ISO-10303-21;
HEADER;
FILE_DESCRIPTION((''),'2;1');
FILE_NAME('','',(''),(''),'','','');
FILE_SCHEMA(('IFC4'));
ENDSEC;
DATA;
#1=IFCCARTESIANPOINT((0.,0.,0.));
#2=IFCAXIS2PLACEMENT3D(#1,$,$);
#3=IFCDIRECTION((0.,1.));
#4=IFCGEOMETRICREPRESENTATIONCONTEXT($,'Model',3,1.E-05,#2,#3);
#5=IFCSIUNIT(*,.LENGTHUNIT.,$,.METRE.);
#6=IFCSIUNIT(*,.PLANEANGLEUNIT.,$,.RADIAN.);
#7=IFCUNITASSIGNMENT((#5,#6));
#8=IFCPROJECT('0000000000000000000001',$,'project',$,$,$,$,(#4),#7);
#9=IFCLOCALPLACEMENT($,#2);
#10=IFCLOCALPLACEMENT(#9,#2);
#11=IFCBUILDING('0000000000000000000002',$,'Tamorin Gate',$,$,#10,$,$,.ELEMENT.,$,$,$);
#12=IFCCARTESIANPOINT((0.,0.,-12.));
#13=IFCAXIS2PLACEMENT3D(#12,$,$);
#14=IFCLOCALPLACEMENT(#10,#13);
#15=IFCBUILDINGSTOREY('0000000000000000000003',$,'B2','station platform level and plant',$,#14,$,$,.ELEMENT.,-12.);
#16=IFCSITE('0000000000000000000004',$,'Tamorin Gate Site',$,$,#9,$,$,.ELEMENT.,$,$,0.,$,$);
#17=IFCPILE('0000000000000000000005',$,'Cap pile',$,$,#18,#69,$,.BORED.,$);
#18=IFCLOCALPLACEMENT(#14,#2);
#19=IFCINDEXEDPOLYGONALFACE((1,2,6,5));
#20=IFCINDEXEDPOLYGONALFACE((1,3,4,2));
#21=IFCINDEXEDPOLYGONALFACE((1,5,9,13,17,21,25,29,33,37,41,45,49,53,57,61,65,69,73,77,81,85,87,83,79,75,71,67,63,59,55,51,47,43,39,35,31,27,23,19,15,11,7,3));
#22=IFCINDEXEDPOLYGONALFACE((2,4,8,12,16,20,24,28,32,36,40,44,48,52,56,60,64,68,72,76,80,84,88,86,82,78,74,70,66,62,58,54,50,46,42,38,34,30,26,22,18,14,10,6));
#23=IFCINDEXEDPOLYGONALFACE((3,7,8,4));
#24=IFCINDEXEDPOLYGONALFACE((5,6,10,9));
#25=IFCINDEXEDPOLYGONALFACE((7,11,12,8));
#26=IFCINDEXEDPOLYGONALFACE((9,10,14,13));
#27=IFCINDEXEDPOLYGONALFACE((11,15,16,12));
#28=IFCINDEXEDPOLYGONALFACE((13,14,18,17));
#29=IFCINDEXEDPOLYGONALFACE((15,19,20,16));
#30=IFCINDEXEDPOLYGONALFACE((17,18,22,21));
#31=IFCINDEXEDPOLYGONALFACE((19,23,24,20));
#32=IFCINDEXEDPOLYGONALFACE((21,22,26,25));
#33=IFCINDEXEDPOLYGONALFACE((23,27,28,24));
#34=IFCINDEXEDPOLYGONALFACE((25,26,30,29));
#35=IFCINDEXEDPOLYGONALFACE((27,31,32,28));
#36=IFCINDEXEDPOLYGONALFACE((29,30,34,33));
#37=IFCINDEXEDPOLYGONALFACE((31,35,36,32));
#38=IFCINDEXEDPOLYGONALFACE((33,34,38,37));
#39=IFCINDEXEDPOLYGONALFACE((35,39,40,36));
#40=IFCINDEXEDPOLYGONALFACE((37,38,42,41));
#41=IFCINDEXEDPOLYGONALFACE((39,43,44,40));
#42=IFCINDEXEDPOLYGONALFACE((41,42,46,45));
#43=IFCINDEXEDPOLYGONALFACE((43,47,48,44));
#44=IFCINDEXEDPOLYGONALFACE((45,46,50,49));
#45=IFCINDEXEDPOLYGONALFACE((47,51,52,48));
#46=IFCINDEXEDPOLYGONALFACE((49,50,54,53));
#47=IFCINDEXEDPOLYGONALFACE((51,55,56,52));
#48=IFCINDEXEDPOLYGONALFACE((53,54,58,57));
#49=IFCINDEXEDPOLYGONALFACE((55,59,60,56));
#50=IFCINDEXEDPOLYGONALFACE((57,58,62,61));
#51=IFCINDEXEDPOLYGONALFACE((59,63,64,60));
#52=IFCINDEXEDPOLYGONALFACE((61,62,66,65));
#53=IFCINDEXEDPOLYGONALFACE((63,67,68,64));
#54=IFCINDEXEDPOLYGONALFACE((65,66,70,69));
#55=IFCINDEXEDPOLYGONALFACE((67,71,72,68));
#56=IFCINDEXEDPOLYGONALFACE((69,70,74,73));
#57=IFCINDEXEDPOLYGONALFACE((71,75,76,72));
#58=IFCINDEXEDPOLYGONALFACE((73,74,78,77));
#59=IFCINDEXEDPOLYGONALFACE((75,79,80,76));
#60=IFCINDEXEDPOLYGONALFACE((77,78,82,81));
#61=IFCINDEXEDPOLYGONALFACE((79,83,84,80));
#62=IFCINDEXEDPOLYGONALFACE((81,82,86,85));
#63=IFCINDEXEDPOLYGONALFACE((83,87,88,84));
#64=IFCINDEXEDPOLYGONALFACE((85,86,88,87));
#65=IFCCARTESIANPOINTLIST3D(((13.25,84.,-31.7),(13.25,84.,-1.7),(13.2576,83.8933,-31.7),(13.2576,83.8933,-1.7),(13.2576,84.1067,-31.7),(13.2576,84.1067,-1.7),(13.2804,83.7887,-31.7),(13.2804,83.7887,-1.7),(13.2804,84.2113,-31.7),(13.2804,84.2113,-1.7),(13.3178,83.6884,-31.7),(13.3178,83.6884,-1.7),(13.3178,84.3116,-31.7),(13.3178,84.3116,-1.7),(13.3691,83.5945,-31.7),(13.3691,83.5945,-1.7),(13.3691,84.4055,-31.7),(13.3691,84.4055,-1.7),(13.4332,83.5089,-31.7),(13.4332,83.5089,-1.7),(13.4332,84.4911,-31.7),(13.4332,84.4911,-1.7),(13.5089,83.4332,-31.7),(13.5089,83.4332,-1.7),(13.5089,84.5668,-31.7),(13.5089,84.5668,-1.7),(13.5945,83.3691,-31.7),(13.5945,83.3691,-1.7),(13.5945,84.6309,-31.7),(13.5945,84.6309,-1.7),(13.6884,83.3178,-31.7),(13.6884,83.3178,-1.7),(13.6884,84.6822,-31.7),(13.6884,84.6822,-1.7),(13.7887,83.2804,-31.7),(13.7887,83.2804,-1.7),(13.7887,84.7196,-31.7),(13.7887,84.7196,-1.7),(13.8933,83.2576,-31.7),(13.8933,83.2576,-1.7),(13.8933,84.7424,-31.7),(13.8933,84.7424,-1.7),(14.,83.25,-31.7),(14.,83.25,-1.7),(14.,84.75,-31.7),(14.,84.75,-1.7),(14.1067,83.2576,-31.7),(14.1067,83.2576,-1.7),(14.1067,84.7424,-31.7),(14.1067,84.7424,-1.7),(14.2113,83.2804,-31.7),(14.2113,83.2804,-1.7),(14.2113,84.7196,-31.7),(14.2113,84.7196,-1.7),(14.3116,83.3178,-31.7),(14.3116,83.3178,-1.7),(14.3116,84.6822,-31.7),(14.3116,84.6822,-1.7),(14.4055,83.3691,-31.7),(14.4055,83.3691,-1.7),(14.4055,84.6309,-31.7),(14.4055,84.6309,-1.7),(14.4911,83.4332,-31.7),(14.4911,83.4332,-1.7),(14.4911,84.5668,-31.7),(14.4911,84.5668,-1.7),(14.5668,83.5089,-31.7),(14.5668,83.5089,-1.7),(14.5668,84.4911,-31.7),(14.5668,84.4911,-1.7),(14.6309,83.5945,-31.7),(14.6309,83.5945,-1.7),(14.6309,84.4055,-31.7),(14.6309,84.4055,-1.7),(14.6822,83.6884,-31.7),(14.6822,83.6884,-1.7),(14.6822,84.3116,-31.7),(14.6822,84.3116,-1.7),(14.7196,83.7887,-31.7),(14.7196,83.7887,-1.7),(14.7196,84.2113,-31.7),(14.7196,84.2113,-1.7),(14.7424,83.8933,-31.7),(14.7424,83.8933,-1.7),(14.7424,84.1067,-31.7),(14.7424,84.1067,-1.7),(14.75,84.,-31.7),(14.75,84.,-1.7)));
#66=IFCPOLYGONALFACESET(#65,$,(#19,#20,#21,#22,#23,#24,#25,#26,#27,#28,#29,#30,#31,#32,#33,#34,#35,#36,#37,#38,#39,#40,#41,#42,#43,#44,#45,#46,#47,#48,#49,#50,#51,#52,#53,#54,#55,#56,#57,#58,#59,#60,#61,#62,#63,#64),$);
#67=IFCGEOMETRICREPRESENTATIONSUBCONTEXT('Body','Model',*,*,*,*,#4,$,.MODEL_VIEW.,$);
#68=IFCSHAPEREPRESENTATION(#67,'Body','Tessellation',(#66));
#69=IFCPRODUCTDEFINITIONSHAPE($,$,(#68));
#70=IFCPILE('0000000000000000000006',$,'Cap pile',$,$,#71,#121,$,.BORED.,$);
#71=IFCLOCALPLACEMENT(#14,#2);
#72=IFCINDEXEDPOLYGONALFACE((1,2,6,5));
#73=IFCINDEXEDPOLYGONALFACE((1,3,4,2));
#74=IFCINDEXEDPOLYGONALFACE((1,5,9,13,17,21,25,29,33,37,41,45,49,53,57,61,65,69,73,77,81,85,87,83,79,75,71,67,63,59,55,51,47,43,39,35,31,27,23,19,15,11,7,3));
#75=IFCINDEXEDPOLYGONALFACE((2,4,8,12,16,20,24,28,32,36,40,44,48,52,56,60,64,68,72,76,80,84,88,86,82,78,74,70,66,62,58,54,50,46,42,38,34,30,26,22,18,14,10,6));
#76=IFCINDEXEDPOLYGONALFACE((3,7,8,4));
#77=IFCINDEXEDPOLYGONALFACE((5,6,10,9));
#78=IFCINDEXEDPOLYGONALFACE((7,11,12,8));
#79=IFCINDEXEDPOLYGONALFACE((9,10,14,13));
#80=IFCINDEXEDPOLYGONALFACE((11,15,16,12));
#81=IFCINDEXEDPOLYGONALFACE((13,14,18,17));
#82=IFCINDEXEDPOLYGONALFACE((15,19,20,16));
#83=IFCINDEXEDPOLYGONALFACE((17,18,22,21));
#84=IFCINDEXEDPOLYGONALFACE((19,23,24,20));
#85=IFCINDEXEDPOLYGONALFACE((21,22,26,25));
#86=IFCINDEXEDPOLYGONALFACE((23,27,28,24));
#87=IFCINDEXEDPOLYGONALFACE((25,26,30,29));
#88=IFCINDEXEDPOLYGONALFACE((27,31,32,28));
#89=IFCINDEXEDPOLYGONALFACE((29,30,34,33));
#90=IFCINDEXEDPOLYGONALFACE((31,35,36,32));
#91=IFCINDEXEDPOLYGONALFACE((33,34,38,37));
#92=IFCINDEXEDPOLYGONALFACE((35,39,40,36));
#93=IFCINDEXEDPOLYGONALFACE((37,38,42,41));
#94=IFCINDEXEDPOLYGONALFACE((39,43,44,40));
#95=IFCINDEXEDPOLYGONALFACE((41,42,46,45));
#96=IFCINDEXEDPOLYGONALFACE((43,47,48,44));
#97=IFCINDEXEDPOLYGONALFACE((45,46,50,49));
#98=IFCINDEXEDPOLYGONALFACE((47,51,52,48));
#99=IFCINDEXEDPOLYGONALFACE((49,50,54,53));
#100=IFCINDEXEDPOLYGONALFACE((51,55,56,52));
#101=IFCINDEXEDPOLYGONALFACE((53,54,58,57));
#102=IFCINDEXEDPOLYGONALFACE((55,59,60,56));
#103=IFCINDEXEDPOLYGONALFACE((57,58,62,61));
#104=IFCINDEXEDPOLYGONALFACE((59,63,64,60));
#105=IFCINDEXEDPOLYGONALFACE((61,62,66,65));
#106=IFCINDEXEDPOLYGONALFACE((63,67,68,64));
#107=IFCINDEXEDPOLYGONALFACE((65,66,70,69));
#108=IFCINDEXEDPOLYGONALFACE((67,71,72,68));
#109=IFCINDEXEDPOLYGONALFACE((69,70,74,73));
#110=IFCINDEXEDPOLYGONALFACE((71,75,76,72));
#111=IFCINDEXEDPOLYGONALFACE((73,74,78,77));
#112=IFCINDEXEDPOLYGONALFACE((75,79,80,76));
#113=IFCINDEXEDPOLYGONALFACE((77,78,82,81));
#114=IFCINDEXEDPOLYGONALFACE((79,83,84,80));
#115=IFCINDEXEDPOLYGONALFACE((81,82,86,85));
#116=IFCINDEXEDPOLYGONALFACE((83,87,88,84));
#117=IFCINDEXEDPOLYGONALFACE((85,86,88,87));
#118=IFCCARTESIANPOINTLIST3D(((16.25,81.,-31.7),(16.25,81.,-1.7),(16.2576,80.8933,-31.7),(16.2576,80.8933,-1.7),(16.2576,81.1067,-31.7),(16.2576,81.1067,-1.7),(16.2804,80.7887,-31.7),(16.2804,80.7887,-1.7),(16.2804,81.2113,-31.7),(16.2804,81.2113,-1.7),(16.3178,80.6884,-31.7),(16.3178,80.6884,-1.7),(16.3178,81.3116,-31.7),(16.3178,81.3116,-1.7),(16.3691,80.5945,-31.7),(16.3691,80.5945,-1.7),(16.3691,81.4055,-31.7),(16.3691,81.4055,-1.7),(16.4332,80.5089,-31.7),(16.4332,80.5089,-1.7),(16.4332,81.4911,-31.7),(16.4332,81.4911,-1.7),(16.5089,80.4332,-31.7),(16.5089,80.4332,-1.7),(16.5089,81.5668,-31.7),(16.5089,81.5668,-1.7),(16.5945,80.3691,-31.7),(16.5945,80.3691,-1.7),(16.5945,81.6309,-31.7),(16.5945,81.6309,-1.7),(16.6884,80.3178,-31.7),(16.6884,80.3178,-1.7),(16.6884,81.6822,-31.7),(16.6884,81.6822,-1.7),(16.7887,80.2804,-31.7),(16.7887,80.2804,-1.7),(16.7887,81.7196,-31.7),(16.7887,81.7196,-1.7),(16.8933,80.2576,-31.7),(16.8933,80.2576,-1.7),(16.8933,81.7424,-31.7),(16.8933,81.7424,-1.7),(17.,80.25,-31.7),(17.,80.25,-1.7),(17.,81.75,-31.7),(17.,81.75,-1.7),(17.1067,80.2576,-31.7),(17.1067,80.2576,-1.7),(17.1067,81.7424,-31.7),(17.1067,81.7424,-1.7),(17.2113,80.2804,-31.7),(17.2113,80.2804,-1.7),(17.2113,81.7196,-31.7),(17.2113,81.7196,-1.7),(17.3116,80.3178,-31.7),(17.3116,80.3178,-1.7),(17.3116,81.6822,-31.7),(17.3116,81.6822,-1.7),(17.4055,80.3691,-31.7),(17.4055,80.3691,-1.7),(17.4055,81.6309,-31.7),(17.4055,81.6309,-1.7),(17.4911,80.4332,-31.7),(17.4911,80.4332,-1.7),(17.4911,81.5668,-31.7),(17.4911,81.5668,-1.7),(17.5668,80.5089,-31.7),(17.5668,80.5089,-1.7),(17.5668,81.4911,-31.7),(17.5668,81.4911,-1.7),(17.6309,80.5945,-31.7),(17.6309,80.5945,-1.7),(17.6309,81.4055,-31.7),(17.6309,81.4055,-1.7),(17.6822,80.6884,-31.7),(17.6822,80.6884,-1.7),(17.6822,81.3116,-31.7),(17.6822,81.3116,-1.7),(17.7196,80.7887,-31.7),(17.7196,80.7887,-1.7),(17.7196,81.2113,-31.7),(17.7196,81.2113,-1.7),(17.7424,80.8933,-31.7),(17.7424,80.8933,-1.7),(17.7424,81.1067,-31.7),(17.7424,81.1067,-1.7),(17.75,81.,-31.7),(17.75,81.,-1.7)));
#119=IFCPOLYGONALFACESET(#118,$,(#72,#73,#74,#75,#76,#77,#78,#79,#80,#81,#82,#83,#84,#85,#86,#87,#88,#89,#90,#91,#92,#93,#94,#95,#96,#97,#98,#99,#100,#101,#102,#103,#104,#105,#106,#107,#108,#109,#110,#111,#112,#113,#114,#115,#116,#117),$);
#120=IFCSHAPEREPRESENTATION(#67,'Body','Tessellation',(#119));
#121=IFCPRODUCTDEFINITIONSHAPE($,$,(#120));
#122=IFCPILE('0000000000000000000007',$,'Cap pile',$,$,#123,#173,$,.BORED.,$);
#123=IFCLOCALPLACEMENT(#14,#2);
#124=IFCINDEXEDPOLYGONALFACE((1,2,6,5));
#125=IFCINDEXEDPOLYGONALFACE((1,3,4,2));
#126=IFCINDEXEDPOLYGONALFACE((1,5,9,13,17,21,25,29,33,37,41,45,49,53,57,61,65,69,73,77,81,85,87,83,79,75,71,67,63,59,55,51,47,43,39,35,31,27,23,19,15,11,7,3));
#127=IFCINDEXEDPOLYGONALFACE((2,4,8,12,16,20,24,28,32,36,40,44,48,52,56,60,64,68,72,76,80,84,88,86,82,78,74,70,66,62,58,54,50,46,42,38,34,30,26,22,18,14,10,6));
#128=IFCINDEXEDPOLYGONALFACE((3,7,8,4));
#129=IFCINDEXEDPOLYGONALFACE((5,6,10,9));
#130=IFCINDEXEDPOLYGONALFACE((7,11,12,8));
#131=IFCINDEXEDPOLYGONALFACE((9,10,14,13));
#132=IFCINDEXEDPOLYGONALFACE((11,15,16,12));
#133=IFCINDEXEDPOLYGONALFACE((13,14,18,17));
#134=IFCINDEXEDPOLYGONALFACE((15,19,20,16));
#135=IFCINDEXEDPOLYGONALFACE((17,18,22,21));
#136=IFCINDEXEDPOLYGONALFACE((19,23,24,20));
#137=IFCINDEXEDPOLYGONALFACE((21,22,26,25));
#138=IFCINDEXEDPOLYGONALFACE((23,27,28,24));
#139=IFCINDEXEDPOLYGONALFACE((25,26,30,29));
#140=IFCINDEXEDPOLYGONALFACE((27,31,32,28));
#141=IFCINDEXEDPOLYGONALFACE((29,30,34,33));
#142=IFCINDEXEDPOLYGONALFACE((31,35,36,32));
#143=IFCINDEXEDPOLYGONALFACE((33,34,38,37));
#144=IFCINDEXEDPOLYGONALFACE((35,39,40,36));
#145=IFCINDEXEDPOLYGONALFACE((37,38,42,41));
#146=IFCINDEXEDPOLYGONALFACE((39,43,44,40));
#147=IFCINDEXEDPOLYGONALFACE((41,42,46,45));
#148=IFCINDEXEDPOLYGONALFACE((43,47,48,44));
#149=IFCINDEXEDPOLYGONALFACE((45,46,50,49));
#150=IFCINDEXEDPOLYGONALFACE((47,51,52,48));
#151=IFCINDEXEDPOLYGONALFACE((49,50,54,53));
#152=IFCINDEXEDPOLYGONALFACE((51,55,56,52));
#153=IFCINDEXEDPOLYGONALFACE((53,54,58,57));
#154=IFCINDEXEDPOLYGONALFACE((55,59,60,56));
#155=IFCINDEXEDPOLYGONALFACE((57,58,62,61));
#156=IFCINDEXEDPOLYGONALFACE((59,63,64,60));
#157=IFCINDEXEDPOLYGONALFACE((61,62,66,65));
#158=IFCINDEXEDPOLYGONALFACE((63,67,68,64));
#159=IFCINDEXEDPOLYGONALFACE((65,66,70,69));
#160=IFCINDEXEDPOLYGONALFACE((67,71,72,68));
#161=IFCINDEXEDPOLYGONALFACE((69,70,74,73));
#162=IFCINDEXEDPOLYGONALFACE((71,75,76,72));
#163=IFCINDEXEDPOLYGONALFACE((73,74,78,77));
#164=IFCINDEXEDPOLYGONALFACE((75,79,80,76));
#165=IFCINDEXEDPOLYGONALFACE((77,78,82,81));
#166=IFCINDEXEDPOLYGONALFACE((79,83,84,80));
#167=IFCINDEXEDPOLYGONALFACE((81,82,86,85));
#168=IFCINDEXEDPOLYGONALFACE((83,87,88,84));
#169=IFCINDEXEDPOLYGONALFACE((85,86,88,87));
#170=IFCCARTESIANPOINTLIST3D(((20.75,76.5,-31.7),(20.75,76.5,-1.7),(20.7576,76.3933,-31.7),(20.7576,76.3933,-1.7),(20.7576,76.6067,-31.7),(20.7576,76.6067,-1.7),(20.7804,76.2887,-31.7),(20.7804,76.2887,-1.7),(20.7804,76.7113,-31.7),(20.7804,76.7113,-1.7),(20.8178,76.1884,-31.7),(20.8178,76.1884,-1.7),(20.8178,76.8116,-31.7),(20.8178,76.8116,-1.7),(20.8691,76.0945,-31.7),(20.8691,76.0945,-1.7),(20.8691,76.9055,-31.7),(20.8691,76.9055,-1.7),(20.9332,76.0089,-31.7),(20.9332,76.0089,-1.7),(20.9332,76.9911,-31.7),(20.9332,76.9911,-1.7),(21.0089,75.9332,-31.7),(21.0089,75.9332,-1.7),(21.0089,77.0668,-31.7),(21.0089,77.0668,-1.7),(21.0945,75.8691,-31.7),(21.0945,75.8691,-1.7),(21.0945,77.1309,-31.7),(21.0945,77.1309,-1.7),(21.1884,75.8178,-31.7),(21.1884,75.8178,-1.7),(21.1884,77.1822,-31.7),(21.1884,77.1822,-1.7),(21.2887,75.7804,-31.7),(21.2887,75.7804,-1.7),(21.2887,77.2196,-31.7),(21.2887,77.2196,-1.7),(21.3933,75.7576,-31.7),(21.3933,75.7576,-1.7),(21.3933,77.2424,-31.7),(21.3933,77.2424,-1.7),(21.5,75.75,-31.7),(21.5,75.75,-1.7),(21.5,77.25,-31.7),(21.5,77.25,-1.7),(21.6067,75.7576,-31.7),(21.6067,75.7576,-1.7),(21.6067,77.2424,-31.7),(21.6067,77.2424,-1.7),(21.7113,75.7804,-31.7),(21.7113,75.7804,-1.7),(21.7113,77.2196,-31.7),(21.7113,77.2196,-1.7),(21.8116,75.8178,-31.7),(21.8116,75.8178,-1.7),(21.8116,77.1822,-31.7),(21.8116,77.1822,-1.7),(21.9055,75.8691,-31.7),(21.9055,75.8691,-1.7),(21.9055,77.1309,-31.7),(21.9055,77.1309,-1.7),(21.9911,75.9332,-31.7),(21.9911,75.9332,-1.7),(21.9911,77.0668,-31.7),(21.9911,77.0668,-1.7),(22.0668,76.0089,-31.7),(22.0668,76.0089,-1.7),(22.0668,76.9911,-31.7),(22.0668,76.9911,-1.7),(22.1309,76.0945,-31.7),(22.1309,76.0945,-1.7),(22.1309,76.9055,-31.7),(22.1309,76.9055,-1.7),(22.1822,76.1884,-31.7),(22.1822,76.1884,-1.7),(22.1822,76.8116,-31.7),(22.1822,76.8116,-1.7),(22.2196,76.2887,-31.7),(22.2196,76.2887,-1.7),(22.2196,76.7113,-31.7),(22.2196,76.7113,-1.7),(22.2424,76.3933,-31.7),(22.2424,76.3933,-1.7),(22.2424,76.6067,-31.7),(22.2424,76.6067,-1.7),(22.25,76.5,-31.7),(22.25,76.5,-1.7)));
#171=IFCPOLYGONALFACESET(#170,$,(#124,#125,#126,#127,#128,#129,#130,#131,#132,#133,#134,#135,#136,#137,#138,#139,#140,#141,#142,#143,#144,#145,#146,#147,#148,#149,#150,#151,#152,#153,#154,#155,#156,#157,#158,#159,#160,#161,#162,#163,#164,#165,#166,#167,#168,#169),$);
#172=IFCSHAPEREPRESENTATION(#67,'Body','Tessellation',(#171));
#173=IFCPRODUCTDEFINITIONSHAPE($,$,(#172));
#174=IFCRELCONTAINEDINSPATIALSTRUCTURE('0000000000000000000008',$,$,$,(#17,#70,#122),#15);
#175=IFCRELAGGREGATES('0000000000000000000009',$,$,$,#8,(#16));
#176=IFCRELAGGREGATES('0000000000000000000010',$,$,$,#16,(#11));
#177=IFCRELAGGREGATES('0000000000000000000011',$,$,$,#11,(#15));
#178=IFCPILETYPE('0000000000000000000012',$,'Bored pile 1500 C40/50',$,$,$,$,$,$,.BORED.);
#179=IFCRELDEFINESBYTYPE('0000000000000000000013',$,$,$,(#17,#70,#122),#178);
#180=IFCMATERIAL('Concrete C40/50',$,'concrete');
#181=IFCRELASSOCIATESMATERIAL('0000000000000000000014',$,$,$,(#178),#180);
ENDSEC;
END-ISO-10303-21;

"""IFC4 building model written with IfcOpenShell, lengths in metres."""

from ifc_helpers import new_model, si_unit, direction, frame, origin, origin_2d, place, context, subcontext, project, spatial, circle, extrude, material, material_profile, profile_set, type_object, element, save


model = new_model("IFC4")

# Units and contexts
model_context = context("Model", 3, precision=1e-05, world=origin(), true_north=direction((0.0, 1.0)))
body_context = subcontext(model_context, "Body", "Model", "MODEL_VIEW")
ifc_project = project(units=[si_unit("LENGTHUNIT", "METRE"), si_unit("PLANEANGLEUNIT", "RADIAN")], contexts=[model_context])

# Site, building, storey
site_placement = place(None, origin())
site = spatial("IfcSite", under=ifc_project, at=site_placement, Name="Tamorin Gate Site", CompositionType="ELEMENT", RefElevation=0.0)
building_placement = place(site_placement, origin())
building = spatial("IfcBuilding", under=site, at=building_placement, Name="Tamorin Gate", CompositionType="ELEMENT")
storey_placement = place(building_placement, frame((0.0, 0.0, -12.0)))
storey = spatial("IfcBuildingStorey", under=building, at=storey_placement, Name="B2", Description="station platform level and plant", CompositionType="ELEMENT", Elevation=-12.0)

# Piles
ifc_material_1 = material(Name="Concrete C40/50", Category="concrete")
ifc_material_profile_1 = material_profile(ifc_material_1, circle(Radius=0.75, at=origin_2d()))
ifc_profile_set_1 = profile_set([ifc_material_profile_1], Name="Concrete C40/50")
pile_type = type_object("IfcPileType", Name="Bored pile 1500 C40/50", PredefinedType="BORED", material=ifc_profile_set_1)
for number, where, z_axis, x_axis, name in (
    (1, (14.0, 84.0, -1.7), (0.0, 0.0, -1.0), (1.0, 0.0, 0.0), "Cap pile"),
    (2, (17.0, 81.0, -1.7), (0.0, 0.0, -1.0), (1.0, 0.0, 0.0), "Cap pile"),
    (3, (21.5, 76.5, -1.7), (0.0, 0.0, -1.0), (1.0, 0.0, 0.0), "Cap pile"),
):
    element("IfcPile", number, at=place(storey_placement, frame(where, z_axis=z_axis, x_axis=x_axis)), inside=storey, type_object=pile_type, Name=name, PredefinedType="BORED", context=body_context, shape_type="SweptSolid", body=[
        extrude(circle(Radius=0.75, at=origin_2d()), origin(), (0.0, 0.0, 1.0), 30.0),
    ])

save(model, "model.ifc")
